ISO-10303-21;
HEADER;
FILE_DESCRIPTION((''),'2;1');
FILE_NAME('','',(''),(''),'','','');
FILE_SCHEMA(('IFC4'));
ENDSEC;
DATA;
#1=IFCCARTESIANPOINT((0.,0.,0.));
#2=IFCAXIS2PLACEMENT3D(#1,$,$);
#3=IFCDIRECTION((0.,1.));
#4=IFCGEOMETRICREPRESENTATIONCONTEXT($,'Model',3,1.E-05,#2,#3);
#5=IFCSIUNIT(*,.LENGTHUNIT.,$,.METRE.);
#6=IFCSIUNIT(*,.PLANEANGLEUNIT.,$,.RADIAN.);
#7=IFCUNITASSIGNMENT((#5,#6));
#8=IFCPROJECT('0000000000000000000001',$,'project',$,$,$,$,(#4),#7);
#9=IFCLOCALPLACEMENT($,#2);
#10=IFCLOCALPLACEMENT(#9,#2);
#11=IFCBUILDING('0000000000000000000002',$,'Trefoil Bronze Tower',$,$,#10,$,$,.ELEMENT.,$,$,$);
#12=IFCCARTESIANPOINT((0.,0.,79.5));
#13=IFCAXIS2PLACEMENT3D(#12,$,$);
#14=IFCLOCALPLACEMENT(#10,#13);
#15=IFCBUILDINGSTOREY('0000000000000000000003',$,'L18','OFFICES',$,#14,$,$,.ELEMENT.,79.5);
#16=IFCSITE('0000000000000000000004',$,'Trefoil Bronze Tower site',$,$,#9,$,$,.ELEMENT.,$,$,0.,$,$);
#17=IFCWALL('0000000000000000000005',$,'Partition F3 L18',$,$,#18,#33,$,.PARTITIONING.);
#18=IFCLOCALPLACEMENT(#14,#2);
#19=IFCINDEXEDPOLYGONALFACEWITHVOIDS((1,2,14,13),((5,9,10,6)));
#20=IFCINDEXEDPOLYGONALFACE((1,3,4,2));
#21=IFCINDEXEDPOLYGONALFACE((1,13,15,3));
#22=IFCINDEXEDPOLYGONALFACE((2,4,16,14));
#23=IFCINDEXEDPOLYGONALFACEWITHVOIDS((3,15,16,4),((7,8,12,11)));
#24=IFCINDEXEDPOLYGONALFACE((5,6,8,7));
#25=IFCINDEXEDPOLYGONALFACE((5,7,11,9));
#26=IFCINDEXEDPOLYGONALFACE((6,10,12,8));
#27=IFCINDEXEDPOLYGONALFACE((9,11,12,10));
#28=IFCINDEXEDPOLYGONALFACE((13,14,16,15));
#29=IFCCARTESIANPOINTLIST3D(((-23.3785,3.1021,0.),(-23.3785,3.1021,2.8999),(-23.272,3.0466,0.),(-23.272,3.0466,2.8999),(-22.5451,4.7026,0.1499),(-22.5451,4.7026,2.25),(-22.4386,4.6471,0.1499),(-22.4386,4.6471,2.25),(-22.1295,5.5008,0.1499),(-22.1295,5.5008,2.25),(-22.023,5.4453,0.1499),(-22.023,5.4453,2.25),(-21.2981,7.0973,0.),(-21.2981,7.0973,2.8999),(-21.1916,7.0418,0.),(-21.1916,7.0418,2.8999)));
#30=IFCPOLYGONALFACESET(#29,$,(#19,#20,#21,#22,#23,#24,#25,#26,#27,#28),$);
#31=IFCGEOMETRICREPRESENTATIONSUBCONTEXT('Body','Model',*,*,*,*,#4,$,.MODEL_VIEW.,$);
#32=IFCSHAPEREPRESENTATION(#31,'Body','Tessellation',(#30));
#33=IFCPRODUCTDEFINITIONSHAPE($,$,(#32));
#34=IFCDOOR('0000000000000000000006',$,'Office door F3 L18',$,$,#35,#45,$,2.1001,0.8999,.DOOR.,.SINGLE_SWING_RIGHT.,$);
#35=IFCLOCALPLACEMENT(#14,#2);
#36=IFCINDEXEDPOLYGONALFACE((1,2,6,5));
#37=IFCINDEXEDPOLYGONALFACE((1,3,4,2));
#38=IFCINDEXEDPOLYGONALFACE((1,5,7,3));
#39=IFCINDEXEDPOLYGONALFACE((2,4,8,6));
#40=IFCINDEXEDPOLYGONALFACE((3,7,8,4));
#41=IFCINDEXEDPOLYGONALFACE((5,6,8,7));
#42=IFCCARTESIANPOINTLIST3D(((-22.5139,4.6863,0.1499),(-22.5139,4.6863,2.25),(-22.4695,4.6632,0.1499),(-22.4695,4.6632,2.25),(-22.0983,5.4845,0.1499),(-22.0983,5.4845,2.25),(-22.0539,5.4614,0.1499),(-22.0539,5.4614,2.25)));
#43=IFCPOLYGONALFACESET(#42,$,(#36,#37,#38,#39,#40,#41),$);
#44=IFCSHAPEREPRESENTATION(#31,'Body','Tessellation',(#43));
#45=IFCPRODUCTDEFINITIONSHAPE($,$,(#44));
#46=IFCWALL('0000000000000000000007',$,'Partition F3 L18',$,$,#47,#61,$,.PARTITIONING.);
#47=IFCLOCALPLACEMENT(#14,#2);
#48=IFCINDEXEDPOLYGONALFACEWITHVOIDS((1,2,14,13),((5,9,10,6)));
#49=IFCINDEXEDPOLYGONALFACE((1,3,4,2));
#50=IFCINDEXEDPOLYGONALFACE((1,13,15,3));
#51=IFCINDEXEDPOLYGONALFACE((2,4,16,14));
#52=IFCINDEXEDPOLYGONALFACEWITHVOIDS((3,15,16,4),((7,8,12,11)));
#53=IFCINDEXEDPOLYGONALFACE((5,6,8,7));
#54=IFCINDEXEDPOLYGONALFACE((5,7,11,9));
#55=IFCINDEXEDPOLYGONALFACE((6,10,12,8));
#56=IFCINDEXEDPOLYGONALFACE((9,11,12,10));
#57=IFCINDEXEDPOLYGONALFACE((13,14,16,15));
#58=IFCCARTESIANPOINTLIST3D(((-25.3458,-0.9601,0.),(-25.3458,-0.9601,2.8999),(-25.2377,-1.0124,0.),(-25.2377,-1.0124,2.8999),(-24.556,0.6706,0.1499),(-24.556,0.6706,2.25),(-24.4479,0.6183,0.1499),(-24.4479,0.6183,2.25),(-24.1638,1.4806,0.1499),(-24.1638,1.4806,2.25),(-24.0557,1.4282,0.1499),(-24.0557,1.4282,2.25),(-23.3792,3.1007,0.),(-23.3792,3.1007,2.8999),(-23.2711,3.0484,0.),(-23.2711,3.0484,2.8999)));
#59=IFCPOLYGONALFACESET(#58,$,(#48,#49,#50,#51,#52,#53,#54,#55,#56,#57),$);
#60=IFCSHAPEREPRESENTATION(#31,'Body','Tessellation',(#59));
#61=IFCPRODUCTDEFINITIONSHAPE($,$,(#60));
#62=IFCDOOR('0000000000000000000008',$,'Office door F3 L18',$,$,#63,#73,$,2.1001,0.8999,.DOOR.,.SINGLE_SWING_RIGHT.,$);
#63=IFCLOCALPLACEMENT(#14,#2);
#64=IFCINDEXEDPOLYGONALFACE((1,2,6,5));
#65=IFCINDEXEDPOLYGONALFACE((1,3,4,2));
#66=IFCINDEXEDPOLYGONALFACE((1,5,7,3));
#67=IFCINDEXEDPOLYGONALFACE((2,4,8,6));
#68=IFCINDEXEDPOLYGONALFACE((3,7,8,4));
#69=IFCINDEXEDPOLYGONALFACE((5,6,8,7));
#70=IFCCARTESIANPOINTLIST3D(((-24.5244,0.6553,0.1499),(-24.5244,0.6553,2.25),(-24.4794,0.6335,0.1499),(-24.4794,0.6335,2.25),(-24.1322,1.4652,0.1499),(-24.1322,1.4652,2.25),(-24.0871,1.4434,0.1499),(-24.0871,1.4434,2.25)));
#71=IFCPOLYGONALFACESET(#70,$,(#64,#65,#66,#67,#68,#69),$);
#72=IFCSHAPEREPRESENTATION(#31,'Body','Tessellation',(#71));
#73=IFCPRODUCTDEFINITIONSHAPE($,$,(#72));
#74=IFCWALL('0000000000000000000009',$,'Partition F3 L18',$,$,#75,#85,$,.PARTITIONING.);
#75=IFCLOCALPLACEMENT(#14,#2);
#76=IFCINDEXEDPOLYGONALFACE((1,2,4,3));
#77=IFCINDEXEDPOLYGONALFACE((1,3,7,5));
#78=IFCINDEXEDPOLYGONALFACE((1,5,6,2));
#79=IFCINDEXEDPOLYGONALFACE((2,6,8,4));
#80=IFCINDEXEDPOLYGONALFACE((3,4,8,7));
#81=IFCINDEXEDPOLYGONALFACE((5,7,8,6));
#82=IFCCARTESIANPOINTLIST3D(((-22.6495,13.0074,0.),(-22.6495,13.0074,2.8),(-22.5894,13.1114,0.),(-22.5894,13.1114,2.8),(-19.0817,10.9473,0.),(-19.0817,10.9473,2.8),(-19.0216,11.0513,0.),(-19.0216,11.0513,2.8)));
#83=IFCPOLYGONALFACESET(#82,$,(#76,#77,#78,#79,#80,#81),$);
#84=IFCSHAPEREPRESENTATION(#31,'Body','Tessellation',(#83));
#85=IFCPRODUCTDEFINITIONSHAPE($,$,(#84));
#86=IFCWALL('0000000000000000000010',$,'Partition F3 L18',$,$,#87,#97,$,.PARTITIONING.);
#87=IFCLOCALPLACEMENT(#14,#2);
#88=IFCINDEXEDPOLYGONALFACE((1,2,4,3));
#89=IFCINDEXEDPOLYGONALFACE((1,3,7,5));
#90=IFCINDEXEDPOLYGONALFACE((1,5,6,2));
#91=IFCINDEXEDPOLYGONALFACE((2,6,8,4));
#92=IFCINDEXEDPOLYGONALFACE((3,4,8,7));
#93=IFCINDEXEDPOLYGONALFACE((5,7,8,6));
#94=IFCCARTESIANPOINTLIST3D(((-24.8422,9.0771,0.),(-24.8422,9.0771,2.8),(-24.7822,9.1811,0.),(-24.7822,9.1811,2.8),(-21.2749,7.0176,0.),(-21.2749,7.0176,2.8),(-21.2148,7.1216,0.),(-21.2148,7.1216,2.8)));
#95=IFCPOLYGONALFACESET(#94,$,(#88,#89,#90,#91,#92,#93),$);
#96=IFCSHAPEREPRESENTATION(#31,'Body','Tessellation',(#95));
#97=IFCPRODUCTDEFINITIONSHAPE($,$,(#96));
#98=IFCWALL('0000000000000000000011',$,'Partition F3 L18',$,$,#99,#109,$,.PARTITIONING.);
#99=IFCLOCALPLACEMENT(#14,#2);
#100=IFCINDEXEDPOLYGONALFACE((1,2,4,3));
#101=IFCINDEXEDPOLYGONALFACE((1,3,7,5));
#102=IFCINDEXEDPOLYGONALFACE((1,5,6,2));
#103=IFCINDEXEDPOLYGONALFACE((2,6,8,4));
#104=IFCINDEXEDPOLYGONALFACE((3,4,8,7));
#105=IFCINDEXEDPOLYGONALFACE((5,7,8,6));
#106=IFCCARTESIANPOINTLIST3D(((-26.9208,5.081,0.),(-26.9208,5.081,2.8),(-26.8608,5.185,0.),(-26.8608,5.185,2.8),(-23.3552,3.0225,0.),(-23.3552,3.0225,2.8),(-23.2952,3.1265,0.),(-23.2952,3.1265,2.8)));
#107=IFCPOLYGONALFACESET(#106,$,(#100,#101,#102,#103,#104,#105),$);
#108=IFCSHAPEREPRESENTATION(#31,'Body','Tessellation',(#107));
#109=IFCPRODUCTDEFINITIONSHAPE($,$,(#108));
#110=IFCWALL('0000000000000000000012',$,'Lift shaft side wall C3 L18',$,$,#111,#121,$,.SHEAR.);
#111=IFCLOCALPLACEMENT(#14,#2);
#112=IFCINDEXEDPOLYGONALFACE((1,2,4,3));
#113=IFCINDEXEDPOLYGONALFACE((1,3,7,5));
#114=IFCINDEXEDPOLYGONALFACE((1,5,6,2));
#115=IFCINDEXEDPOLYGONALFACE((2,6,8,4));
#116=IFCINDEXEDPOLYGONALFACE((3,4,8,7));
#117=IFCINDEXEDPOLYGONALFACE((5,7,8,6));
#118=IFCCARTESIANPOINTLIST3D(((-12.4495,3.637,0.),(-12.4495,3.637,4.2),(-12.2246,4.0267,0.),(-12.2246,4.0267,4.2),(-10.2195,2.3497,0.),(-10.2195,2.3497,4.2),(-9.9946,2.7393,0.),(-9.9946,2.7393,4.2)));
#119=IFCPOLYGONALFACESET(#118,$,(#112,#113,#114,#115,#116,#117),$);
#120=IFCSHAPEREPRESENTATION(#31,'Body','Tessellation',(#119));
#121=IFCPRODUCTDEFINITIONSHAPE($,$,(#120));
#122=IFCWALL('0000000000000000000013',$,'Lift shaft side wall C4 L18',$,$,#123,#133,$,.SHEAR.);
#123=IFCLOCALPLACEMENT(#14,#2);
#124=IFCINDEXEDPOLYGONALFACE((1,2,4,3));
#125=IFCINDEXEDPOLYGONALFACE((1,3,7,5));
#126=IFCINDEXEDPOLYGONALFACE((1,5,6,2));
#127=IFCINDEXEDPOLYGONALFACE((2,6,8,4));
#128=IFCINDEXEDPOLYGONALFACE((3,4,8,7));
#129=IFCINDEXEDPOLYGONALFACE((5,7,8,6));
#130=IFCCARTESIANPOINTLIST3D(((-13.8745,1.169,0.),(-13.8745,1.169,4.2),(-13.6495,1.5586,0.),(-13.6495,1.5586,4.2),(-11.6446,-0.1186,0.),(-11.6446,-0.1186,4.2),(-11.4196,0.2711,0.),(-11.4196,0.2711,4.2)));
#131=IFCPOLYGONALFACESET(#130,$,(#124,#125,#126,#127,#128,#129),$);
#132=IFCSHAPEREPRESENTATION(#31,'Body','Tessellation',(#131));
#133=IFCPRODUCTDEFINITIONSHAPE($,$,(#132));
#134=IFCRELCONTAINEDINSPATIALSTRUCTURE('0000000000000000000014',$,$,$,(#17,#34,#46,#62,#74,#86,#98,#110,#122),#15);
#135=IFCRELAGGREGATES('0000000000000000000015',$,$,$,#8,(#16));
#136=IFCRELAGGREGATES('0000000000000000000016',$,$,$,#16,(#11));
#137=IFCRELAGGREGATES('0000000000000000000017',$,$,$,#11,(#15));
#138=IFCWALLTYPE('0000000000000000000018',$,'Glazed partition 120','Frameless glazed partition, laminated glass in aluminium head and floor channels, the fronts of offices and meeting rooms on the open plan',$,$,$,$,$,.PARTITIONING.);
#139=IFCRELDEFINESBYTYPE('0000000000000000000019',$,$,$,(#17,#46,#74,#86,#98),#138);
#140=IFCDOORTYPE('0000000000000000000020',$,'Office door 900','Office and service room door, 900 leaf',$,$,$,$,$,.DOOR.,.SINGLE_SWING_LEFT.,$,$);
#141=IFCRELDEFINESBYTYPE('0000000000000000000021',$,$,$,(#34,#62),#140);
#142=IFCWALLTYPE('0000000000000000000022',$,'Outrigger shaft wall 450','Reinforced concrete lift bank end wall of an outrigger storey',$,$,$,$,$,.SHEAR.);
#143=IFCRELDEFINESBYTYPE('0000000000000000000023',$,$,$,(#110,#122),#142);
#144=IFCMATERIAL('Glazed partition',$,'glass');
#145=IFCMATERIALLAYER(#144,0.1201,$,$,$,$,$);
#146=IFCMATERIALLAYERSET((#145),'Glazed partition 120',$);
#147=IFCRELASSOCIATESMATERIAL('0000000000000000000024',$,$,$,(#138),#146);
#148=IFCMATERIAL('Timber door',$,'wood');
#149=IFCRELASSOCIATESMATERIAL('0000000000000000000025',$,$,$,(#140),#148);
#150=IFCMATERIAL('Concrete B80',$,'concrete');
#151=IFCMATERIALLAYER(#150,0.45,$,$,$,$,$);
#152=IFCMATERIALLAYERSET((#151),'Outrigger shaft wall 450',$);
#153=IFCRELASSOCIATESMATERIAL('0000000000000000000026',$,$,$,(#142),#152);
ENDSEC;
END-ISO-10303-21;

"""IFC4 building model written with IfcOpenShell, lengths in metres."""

from ifc_helpers import new_model, si_unit, direction, frame, frame_2d, origin, place, context, subcontext, project, spatial, rectangle, extrude, material, layer, layer_set, type_object, element, fill, save


model = new_model("IFC4")

# Units and contexts
model_context = context("Model", 3, precision=1e-05, world=origin(), true_north=direction((0.0, 1.0)))
body_context = subcontext(model_context, "Body", "Model", "MODEL_VIEW")
ifc_project = project(units=[si_unit("LENGTHUNIT", "METRE"), si_unit("PLANEANGLEUNIT", "RADIAN")], contexts=[model_context])

# Site, building, storey
site_placement = place(None, origin())
site = spatial("IfcSite", under=ifc_project, at=site_placement, Name="Trefoil Bronze Tower site", CompositionType="ELEMENT", RefElevation=0.0)
building_placement = place(site_placement, origin())
building = spatial("IfcBuilding", under=site, at=building_placement, Name="Trefoil Bronze Tower", CompositionType="ELEMENT")
storey_placement = place(building_placement, frame((0.0, 0.0, 79.5)))
storey = spatial("IfcBuildingStorey", under=building, at=storey_placement, Name="L18", Description="OFFICES", CompositionType="ELEMENT", Elevation=79.5)

# Shared definitions
ifc_material_1 = material(Name="Glazed partition", Category="glass")
ifc_layer_1 = layer(ifc_material_1, 0.1201)
ifc_layer_set_1 = layer_set([ifc_layer_1], Name="Glazed partition 120")
wall_type_1 = type_object("IfcWallType", Name="Glazed partition 120", Description="Frameless glazed partition, laminated glass in aluminium head and floor channels, the fronts of offices and meeting rooms on the open plan", PredefinedType="PARTITIONING", material=ifc_layer_set_1)

# Walls, openings, doors
ifc_material_2 = material(Name="Timber door", Category="wood")
door_type = type_object("IfcDoorType", Name="Office door 900", Description="Office and service room door, 900 leaf", OperationType="SINGLE_SWING_LEFT", PredefinedType="DOOR", material=ifc_material_2)
wall_1_placement = place(storey_placement, frame((-21.2449, 7.0696, 0.0), z_axis=(0.0, 0.0, 1.0), x_axis=(-0.461853, -0.886957, 0.0)))
wall_1 = element("IfcWall", 1, at=wall_1_placement, inside=storey, type_object=wall_type_1, Name="Partition F3 L18", PredefinedType="PARTITIONING", context=body_context, shape_type="SweptSolid", body=[
    extrude(rectangle(XDim=4.5044, YDim=0.1201, at=frame_2d((2.2522, 0.0))), origin(), (0.0, 0.0, 1.0), 2.8999),
])
opening_1_placement = place(wall_1_placement, frame((1.8, 0.0, 0.1499)))
opening_1 = element("IfcOpeningElement", 2, at=opening_1_placement, cuts=wall_1, PredefinedType="OPENING", context=body_context, shape_type="SweptSolid", body=[
    extrude(rectangle(XDim=0.8999, YDim=2.1001, at=frame_2d((0.45, 1.05))), frame((0.0, 0.0701, 0.0), z_axis=(0.0, -1.0, 0.0), x_axis=(1.0, 0.0, 0.0)), (0.0, 0.0, 1.0), 0.1401),
])
door_1_placement = place(opening_1_placement, frame((0.8999, 0.0, 0.0), z_axis=(0.0, 0.0, 1.0), x_axis=(-1.0, 0.0, 0.0)))
door_1 = element("IfcDoor", 3, at=door_1_placement, inside=storey, type_object=door_type, Name="Office door F3 L18", OperationType="SINGLE_SWING_RIGHT", OverallHeight=2.1001, OverallWidth=0.8999, PredefinedType="DOOR", context=body_context, shape_type="SweptSolid", body=[
    extrude(rectangle(XDim=0.8999, YDim=2.1001, at=frame_2d((0.45, 1.05))), frame((0.0, 0.0249, 0.0), z_axis=(0.0, -1.0, 0.0), x_axis=(1.0, 0.0, 0.0)), (0.0, 0.0, 1.0), 0.05),
])
fill(opening_1, door_1)
wall_2_placement = place(storey_placement, frame((-23.3252, 3.0745, 0.0), z_axis=(0.0, 0.0, 1.0), x_axis=(-0.435858, -0.900015, 0.0)))
wall_2 = element("IfcWall", 4, at=wall_2_placement, inside=storey, type_object=wall_type_1, Name="Partition F3 L18", PredefinedType="PARTITIONING", context=body_context, shape_type="SweptSolid", body=[
    extrude(rectangle(XDim=4.512, YDim=0.1201, at=frame_2d((2.2559, 0.0))), origin(), (0.0, 0.0, 1.0), 2.8999),
])
opening_2_placement = place(wall_2_placement, frame((1.8, 0.0, 0.1499)))
opening_2 = element("IfcOpeningElement", 5, at=opening_2_placement, cuts=wall_2, PredefinedType="OPENING", context=body_context, shape_type="SweptSolid", body=[
    extrude(rectangle(XDim=0.8999, YDim=2.1001, at=frame_2d((0.45, 1.05))), frame((0.0, 0.0701, 0.0), z_axis=(0.0, -1.0, 0.0), x_axis=(1.0, 0.0, 0.0)), (0.0, 0.0, 1.0), 0.1401),
])
door_2_placement = place(opening_2_placement, frame((0.8999, 0.0, 0.0), z_axis=(0.0, 0.0, 1.0), x_axis=(-1.0, 0.0, 0.0)))
door_2 = element("IfcDoor", 6, at=door_2_placement, inside=storey, type_object=door_type, Name="Office door F3 L18", OperationType="SINGLE_SWING_RIGHT", OverallHeight=2.1001, OverallWidth=0.8999, PredefinedType="DOOR", context=body_context, shape_type="SweptSolid", body=[
    extrude(rectangle(XDim=0.8999, YDim=2.1001, at=frame_2d((0.45, 1.05))), frame((0.0, 0.0249, 0.0), z_axis=(0.0, -1.0, 0.0), x_axis=(1.0, 0.0, 0.0)), (0.0, 0.0, 1.0), 0.05),
])
fill(opening_2, door_2)

# Walls
wall_3_placement = place(storey_placement, frame((-19.0515, 10.9993, 0.0), z_axis=(0.0, 0.0, 1.0), x_axis=(-0.86601, 0.500027, 0.0)))
element("IfcWall", 7, at=wall_3_placement, inside=storey, type_object=wall_type_1, Name="Partition F3 L18", PredefinedType="PARTITIONING", context=body_context, shape_type="SweptSolid", body=[
    extrude(rectangle(XDim=4.1199, YDim=0.1201, at=frame_2d((2.0601, 0.0))), origin(), (0.0, 0.0, 1.0), 2.8),
])
wall_4_placement = place(storey_placement, frame((-21.2449, 7.0696, 0.0), z_axis=(0.0, 0.0, 1.0), x_axis=(-0.866032, 0.499989, 0.0)))
element("IfcWall", 8, at=wall_4_placement, inside=storey, type_object=wall_type_1, Name="Partition F3 L18", PredefinedType="PARTITIONING", context=body_context, shape_type="SweptSolid", body=[
    extrude(rectangle(XDim=4.1191, YDim=0.1201, at=frame_2d((2.0596, 0.0))), origin(), (0.0, 0.0, 1.0), 2.8),
])
wall_5_placement = place(storey_placement, frame((-23.3252, 3.0745, 0.0), z_axis=(0.0, 0.0, 1.0), x_axis=(-0.866031, 0.499991, 0.0)))
element("IfcWall", 9, at=wall_5_placement, inside=storey, type_object=wall_type_1, Name="Partition F3 L18", PredefinedType="PARTITIONING", context=body_context, shape_type="SweptSolid", body=[
    extrude(rectangle(XDim=4.1172, YDim=0.1201, at=frame_2d((2.0586, 0.0))), origin(), (0.0, 0.0, 1.0), 2.8),
])
ifc_material_3 = material(Name="Concrete B80", Category="concrete")
ifc_layer_2 = layer(ifc_material_3, 0.45)
ifc_layer_set_2 = layer_set([ifc_layer_2], Name="Outrigger shaft wall 450")
wall_type_2 = type_object("IfcWallType", Name="Outrigger shaft wall 450", Description="Reinforced concrete lift bank end wall of an outrigger storey", PredefinedType="SHEAR", material=ifc_layer_set_2)
for number, where, z_axis, x_axis, name in (
    (10, (-10.1069, 2.5444, 0.0), (0.0, 0.0, 1.0), (-0.866047, 0.499963, 0.0), "Lift shaft side wall C3 L18"),
    (11, (-11.532, 0.0762, 0.0), (0.0, 0.0, 1.0), (-0.866006, 0.500034, 0.0), "Lift shaft side wall C4 L18"),
):
    element("IfcWall", number, at=place(storey_placement, frame(where, z_axis=z_axis, x_axis=x_axis)), inside=storey, type_object=wall_type_2, Name=name, PredefinedType="SHEAR", context=body_context, shape_type="SweptSolid", body=[
        extrude(rectangle(XDim=2.575, YDim=0.45, at=frame_2d((1.2876, 0.0))), origin(), (0.0, 0.0, 1.0), 4.2),
    ])

save(model, "model.ifc")
